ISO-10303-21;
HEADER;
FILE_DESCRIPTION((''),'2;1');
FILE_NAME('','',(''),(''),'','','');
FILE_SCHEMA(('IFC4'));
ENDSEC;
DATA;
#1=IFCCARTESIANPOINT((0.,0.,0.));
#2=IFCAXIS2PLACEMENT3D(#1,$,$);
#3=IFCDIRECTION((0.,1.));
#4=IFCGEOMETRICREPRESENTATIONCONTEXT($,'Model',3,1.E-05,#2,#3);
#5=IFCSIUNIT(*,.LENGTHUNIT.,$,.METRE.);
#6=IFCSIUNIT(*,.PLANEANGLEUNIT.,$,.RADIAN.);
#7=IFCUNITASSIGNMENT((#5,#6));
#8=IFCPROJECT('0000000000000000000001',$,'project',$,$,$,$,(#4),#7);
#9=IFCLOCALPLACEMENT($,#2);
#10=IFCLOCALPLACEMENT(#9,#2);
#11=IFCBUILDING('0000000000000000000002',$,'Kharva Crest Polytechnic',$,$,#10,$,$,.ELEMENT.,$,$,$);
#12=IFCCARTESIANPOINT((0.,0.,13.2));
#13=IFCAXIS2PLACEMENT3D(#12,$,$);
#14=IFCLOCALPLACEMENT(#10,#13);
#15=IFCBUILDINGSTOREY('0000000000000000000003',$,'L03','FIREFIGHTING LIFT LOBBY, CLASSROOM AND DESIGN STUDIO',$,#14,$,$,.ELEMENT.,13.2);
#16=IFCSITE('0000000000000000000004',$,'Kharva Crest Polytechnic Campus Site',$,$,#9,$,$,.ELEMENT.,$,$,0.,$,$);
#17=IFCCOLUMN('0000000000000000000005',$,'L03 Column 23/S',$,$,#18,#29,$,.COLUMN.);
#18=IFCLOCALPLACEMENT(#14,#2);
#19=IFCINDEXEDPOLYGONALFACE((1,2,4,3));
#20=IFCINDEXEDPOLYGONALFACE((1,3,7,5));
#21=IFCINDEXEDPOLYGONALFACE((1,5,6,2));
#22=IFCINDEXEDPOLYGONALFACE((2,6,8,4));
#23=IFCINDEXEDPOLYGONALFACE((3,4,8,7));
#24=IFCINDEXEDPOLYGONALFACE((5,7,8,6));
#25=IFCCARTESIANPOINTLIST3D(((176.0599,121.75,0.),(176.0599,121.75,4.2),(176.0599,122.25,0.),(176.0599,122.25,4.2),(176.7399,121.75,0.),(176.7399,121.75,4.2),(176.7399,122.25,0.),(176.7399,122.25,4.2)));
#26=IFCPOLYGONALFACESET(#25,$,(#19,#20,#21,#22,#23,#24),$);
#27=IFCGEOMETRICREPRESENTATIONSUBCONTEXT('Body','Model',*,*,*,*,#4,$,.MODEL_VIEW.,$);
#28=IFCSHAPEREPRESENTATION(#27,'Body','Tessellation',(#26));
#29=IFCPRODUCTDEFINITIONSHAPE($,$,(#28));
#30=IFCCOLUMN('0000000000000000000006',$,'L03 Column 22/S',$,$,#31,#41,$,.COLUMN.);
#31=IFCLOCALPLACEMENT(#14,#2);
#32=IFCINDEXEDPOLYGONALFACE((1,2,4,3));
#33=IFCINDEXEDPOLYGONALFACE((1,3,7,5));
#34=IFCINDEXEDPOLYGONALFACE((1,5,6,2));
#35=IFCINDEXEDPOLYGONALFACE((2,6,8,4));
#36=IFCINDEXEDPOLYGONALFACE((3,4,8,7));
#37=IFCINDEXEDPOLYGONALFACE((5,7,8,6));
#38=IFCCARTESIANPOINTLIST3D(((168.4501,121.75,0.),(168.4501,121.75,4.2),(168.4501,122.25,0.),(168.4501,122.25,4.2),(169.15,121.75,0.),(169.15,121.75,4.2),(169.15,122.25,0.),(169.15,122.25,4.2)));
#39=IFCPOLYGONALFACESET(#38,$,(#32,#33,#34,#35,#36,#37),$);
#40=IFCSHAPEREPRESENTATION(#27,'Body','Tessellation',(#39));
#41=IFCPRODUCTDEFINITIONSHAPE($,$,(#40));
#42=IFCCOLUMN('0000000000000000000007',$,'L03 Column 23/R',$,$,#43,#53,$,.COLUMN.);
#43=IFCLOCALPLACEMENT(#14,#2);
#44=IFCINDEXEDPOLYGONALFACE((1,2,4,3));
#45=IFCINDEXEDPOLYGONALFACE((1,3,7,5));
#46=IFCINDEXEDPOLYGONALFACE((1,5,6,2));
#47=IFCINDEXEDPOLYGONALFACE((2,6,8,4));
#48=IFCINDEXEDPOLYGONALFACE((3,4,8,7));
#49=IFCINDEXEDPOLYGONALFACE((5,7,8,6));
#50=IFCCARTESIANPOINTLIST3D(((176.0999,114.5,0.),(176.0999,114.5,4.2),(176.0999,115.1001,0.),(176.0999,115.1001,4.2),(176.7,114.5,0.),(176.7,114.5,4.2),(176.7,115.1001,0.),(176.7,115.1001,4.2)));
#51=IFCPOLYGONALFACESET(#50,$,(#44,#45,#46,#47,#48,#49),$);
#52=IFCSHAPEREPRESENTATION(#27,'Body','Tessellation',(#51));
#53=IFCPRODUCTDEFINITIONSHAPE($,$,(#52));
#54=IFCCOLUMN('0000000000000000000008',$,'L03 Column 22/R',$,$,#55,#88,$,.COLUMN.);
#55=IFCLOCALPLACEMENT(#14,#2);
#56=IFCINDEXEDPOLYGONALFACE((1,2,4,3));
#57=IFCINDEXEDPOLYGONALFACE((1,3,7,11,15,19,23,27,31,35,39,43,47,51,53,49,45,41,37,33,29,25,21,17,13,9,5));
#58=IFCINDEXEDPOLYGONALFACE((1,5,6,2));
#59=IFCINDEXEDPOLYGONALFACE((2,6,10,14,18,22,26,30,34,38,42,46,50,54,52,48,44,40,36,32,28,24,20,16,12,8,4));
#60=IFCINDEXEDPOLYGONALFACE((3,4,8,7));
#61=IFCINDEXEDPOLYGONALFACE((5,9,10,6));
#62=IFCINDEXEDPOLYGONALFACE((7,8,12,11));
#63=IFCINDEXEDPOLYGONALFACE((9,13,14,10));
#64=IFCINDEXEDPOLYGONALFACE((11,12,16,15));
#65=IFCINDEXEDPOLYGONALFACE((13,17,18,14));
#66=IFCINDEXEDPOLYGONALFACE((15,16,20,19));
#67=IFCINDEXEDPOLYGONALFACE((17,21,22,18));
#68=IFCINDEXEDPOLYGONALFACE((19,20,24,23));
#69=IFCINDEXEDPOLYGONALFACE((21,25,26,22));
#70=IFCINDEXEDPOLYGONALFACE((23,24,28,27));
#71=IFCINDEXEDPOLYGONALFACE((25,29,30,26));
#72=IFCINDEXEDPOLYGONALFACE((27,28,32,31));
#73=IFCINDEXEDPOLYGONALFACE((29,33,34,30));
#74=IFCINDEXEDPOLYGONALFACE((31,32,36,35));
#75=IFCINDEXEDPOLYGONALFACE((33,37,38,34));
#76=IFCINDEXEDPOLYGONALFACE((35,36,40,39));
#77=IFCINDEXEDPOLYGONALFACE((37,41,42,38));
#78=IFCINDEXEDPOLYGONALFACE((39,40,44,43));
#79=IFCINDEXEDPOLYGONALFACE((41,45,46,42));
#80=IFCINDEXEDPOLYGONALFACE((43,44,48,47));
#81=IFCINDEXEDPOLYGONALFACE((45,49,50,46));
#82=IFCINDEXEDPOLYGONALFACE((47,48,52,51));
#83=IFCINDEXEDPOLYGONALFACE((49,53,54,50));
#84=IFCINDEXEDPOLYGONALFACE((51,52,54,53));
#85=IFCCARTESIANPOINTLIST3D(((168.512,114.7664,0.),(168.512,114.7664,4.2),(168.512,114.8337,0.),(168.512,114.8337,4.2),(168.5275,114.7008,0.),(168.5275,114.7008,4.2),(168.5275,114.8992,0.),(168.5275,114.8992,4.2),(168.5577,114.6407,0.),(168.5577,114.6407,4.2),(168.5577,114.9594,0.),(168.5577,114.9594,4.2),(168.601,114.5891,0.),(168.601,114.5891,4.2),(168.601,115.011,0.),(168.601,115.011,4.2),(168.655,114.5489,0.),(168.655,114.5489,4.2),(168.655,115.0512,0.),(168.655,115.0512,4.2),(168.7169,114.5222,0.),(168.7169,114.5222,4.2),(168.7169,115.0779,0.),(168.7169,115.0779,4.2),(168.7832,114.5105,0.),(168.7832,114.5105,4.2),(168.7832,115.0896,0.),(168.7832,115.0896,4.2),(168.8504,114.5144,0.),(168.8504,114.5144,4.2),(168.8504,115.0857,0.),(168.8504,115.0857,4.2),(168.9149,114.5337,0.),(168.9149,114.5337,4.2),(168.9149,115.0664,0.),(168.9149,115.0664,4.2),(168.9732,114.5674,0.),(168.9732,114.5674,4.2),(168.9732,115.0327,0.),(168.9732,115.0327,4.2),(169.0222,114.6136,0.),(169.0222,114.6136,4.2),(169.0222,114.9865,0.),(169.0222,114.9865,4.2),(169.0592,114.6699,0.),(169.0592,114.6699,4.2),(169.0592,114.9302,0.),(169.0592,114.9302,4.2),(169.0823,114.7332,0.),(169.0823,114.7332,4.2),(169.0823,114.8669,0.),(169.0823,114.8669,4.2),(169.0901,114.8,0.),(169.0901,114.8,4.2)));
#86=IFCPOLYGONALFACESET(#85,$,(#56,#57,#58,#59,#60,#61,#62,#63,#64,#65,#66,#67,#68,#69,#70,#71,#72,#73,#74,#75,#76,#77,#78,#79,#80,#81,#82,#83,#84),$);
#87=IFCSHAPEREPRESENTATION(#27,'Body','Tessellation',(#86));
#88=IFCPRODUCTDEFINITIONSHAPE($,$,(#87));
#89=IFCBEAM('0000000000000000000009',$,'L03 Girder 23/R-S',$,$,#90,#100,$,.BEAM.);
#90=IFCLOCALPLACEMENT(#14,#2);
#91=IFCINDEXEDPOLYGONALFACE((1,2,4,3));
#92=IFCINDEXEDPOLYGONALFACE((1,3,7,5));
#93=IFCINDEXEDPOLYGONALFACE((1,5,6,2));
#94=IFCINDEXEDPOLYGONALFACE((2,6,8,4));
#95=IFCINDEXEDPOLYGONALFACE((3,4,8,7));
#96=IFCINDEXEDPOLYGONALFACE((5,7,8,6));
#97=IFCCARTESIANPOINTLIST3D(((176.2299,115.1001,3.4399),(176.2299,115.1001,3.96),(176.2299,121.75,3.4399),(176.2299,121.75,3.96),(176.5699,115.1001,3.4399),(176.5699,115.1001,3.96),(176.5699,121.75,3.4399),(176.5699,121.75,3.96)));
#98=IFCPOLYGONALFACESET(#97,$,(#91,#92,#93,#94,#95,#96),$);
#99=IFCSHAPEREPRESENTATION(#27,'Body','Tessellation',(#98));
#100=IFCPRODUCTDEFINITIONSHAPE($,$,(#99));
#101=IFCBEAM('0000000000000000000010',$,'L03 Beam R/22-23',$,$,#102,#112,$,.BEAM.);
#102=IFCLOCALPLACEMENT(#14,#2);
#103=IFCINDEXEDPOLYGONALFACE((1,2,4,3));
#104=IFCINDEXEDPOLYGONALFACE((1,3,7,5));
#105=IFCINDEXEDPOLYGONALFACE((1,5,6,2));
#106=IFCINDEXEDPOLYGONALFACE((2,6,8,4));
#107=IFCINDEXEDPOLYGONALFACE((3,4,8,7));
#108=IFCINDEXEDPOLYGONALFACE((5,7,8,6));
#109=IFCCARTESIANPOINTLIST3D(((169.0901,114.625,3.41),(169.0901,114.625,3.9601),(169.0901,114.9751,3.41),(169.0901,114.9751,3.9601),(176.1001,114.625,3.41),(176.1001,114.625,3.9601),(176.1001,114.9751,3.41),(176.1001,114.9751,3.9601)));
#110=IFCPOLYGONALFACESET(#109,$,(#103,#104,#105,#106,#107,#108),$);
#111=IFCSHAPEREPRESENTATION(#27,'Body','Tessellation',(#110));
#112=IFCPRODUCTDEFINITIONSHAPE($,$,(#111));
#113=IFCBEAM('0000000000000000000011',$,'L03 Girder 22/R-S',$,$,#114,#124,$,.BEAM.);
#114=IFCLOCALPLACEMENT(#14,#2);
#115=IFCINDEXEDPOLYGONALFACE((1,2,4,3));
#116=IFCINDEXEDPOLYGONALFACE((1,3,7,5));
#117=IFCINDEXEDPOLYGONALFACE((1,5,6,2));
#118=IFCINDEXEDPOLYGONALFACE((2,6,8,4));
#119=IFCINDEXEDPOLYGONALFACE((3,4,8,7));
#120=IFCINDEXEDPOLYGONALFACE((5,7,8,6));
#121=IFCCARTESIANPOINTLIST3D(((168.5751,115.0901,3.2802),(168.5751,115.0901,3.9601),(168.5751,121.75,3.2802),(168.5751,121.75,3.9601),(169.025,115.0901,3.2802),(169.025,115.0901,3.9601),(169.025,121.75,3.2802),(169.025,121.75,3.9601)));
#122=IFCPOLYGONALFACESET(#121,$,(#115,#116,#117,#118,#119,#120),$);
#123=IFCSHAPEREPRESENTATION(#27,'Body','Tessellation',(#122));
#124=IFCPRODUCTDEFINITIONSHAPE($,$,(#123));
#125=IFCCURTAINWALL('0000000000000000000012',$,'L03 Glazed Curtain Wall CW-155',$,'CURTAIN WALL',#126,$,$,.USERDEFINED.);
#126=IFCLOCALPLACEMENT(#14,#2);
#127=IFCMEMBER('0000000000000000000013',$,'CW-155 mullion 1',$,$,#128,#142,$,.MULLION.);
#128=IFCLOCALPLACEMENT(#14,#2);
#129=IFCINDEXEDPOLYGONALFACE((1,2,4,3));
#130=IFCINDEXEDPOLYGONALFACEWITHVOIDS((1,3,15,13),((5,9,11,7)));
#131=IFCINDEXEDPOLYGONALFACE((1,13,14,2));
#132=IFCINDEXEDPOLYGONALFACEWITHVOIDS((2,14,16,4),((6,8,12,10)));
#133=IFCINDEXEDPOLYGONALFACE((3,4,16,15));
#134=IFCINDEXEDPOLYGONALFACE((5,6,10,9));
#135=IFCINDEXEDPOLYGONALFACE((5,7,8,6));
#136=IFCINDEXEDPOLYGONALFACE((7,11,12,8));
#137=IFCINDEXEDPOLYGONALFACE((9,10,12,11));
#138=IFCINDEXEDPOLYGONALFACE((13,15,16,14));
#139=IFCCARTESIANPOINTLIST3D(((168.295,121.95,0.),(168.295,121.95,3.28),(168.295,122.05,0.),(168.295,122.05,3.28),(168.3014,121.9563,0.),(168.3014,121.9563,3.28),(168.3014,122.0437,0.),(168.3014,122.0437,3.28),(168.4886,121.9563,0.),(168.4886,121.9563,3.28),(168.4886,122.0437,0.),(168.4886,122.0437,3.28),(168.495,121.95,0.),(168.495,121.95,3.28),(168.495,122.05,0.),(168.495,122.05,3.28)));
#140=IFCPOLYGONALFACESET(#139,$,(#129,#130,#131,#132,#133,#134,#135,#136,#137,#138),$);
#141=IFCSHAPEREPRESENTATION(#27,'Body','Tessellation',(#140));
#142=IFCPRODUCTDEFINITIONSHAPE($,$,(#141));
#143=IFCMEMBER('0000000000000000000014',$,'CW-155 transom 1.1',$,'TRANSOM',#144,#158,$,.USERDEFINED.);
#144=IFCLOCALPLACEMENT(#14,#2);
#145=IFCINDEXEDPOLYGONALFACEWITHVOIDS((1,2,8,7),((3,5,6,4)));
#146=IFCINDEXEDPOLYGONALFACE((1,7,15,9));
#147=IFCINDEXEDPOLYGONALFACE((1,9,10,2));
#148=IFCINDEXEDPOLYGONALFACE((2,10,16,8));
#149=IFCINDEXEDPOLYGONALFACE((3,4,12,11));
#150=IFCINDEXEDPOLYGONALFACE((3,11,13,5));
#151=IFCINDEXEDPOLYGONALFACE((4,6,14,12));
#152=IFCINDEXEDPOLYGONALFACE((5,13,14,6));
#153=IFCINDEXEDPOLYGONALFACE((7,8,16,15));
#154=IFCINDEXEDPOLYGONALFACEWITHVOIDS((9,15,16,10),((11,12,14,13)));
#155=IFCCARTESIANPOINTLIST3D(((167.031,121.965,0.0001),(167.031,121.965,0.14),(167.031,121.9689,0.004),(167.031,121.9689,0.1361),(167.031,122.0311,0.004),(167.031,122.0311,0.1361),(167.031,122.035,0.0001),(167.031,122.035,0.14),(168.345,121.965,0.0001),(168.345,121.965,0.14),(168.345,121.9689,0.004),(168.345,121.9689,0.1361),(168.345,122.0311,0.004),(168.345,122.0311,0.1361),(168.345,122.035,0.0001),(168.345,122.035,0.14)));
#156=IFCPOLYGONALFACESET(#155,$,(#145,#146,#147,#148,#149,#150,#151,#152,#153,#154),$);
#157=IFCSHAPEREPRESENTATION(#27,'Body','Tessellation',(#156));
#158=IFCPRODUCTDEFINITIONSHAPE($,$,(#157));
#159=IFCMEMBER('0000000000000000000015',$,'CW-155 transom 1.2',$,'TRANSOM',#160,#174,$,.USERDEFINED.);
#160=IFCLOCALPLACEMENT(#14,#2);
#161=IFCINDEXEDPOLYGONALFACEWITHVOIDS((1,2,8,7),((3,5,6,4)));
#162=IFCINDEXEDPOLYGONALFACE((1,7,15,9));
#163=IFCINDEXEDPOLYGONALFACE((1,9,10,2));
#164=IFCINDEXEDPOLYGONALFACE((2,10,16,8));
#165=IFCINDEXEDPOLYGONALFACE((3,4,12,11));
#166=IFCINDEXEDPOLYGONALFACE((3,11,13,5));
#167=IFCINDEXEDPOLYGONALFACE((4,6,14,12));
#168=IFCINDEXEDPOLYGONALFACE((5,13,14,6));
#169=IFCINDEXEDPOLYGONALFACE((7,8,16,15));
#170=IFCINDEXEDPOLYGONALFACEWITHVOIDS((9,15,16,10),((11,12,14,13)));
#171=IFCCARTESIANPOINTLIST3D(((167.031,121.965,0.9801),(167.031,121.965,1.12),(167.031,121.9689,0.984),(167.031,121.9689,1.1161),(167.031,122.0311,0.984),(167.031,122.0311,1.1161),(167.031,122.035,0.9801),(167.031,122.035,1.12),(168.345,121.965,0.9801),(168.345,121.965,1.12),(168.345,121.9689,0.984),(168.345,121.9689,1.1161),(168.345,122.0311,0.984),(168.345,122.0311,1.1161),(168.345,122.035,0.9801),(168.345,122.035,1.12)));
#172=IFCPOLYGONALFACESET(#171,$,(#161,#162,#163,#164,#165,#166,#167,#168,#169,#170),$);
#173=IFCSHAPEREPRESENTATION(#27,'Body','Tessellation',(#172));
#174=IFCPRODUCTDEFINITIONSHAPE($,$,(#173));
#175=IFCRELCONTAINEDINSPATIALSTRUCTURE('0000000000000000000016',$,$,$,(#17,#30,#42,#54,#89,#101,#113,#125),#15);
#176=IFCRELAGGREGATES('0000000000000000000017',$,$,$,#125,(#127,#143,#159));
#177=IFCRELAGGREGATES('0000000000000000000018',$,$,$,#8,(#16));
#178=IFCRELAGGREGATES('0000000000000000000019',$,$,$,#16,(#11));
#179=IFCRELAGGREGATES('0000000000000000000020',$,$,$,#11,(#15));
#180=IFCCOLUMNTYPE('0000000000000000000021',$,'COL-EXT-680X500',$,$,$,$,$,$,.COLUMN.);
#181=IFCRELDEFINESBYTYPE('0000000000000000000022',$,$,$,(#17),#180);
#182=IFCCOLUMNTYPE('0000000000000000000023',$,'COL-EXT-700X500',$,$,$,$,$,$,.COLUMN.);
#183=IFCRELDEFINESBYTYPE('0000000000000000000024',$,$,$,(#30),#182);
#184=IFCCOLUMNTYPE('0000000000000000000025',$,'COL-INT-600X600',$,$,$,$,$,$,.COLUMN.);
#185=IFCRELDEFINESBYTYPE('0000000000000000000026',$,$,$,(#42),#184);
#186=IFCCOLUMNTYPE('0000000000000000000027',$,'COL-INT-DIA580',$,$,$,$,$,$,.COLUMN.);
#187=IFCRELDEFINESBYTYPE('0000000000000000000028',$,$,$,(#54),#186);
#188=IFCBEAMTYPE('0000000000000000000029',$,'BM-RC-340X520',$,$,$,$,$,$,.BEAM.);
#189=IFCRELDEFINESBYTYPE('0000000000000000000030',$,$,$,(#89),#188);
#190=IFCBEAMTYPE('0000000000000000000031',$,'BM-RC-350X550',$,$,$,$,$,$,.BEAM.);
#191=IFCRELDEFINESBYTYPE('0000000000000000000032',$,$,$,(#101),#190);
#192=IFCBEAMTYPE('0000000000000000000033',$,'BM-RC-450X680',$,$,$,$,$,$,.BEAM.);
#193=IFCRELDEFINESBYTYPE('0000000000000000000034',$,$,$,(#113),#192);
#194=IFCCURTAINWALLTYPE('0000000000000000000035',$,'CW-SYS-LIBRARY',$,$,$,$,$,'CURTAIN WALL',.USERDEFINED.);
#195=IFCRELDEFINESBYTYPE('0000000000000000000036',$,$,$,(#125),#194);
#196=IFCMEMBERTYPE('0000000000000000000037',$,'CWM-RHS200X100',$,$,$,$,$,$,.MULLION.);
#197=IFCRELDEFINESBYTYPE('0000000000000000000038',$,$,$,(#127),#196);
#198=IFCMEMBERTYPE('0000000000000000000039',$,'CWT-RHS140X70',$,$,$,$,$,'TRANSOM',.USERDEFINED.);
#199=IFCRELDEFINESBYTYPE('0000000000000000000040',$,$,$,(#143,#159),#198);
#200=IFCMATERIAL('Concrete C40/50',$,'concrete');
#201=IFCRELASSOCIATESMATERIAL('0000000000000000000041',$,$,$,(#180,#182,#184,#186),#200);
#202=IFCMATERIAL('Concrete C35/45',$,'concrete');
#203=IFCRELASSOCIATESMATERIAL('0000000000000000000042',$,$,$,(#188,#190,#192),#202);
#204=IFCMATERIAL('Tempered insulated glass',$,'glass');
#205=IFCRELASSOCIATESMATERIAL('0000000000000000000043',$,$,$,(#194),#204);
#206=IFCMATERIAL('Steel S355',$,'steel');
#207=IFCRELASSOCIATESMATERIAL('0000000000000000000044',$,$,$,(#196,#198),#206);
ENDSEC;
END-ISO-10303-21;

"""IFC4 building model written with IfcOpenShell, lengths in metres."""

from ifc_helpers import new_model, si_unit, direction, frame, origin, origin_2d, place, context, subcontext, project, spatial, rectangle, hollow_rectangle, circle, extrude, material, material_profile, profile_set, type_object, element, aggregate, save


model = new_model("IFC4")

# Units and contexts
model_context = context("Model", 3, precision=1e-05, world=origin(), true_north=direction((0.0, 1.0)))
body_context = subcontext(model_context, "Body", "Model", "MODEL_VIEW")
ifc_project = project(units=[si_unit("LENGTHUNIT", "METRE"), si_unit("PLANEANGLEUNIT", "RADIAN")], contexts=[model_context])

# Site, building, storey
site_placement = place(None, origin())
site = spatial("IfcSite", under=ifc_project, at=site_placement, Name="Kharva Crest Polytechnic Campus Site", CompositionType="ELEMENT", RefElevation=0.0)
building_placement = place(site_placement, origin())
building = spatial("IfcBuilding", under=site, at=building_placement, Name="Kharva Crest Polytechnic", CompositionType="ELEMENT")
storey_placement = place(building_placement, frame((0.0, 0.0, 13.2)))
storey = spatial("IfcBuildingStorey", under=building, at=storey_placement, Name="L03", Description="FIREFIGHTING LIFT LOBBY, CLASSROOM AND DESIGN STUDIO", CompositionType="ELEMENT", Elevation=13.2)

# Columns
ifc_material_1 = material(Name="Concrete C40/50", Category="concrete")
ifc_material_profile_1 = material_profile(ifc_material_1, rectangle(XDim=0.6799, YDim=0.5, at=origin_2d()), Name="RECT 680 X 500")
ifc_profile_set_1 = profile_set([ifc_material_profile_1], Name="Concrete C40/50")
column_type_1 = type_object("IfcColumnType", Name="COL-EXT-680X500", PredefinedType="COLUMN", material=ifc_profile_set_1)
column_1_placement = place(storey_placement, frame((176.3999, 122.0, 0.0), z_axis=(0.0, 0.0, 1.0), x_axis=(1.0, 0.0, 0.0)))
element("IfcColumn", 1, at=column_1_placement, inside=storey, type_object=column_type_1, Name="L03 Column 23/S", PredefinedType="COLUMN", context=body_context, shape_type="SweptSolid", body=[
    extrude(rectangle(XDim=0.6799, YDim=0.5, at=origin_2d()), origin(), (0.0, 0.0, 1.0), 4.2),
])
ifc_material_profile_2 = material_profile(ifc_material_1, rectangle(XDim=0.7, YDim=0.5, at=origin_2d()), Name="RECT 700 X 500")
ifc_profile_set_2 = profile_set([ifc_material_profile_2], Name="Concrete C40/50")
column_type_2 = type_object("IfcColumnType", Name="COL-EXT-700X500", PredefinedType="COLUMN", material=ifc_profile_set_2)
column_2_placement = place(storey_placement, frame((168.8, 122.0, 0.0), z_axis=(0.0, 0.0, 1.0), x_axis=(1.0, 0.0, 0.0)))
element("IfcColumn", 2, at=column_2_placement, inside=storey, type_object=column_type_2, Name="L03 Column 22/S", PredefinedType="COLUMN", context=body_context, shape_type="SweptSolid", body=[
    extrude(rectangle(XDim=0.7, YDim=0.5, at=origin_2d()), origin(), (0.0, 0.0, 1.0), 4.2),
])
ifc_material_profile_3 = material_profile(ifc_material_1, rectangle(XDim=0.6001, YDim=0.6001, at=origin_2d()), Name="RECT 600 X 600")
ifc_profile_set_3 = profile_set([ifc_material_profile_3], Name="Concrete C40/50")
column_type_3 = type_object("IfcColumnType", Name="COL-INT-600X600", PredefinedType="COLUMN", material=ifc_profile_set_3)
column_3_placement = place(storey_placement, frame((176.3999, 114.8, 0.0), z_axis=(0.0, 0.0, 1.0), x_axis=(1.0, 0.0, 0.0)))
element("IfcColumn", 3, at=column_3_placement, inside=storey, type_object=column_type_3, Name="L03 Column 23/R", PredefinedType="COLUMN", context=body_context, shape_type="SweptSolid", body=[
    extrude(rectangle(XDim=0.6001, YDim=0.6001, at=origin_2d()), origin(), (0.0, 0.0, 1.0), 4.2),
])
ifc_material_profile_4 = material_profile(ifc_material_1, circle(Radius=0.29, at=origin_2d()), Name="DIA 580")
ifc_profile_set_4 = profile_set([ifc_material_profile_4], Name="Concrete C40/50")
column_type_4 = type_object("IfcColumnType", Name="COL-INT-DIA580", PredefinedType="COLUMN", material=ifc_profile_set_4)
column_4_placement = place(storey_placement, frame((168.8, 114.8, 0.0), z_axis=(0.0, 0.0, 1.0), x_axis=(1.0, 0.0, 0.0)))
element("IfcColumn", 4, at=column_4_placement, inside=storey, type_object=column_type_4, Name="L03 Column 22/R", PredefinedType="COLUMN", context=body_context, shape_type="SweptSolid", body=[
    extrude(circle(Radius=0.29, at=origin_2d()), origin(), (0.0, 0.0, 1.0), 4.2),
])

# Beams
ifc_material_2 = material(Name="Concrete C35/45", Category="concrete")
ifc_material_profile_5 = material_profile(ifc_material_2, rectangle(XDim=0.3401, YDim=0.52, at=origin_2d()), Name="RECT 340 X 520")
ifc_profile_set_5 = profile_set([ifc_material_profile_5], Name="Concrete C35/45")
beam_type_1 = type_object("IfcBeamType", Name="BM-RC-340X520", PredefinedType="BEAM", material=ifc_profile_set_5)
beam_1_placement = place(storey_placement, frame((176.3999, 115.1001, 3.7), z_axis=(0.0, 1.0, 0.0), x_axis=(-1.0, 0.0, 0.0)))
element("IfcBeam", 5, at=beam_1_placement, inside=storey, type_object=beam_type_1, Name="L03 Girder 23/R-S", PredefinedType="BEAM", context=body_context, shape_type="SweptSolid", body=[
    extrude(rectangle(XDim=0.3401, YDim=0.52, at=origin_2d()), origin(), (0.0, 0.0, 1.0), 6.6499),
])
ifc_material_profile_6 = material_profile(ifc_material_2, rectangle(XDim=0.3501, YDim=0.55, at=origin_2d()), Name="RECT 350 X 550")
ifc_profile_set_6 = profile_set([ifc_material_profile_6], Name="Concrete C35/45")
beam_type_2 = type_object("IfcBeamType", Name="BM-RC-350X550", PredefinedType="BEAM", material=ifc_profile_set_6)
beam_2_placement = place(storey_placement, frame((169.0901, 114.8, 3.6851), z_axis=(1.0, 0.0, 0.0), x_axis=(0.0, 1.0, 0.0)))
element("IfcBeam", 6, at=beam_2_placement, inside=storey, type_object=beam_type_2, Name="L03 Beam R/22-23", PredefinedType="BEAM", context=body_context, shape_type="SweptSolid", body=[
    extrude(rectangle(XDim=0.3501, YDim=0.55, at=origin_2d()), origin(), (0.0, 0.0, 1.0), 7.01),
])
ifc_material_profile_7 = material_profile(ifc_material_2, rectangle(XDim=0.45, YDim=0.6799, at=origin_2d()), Name="RECT 450 X 680")
ifc_profile_set_7 = profile_set([ifc_material_profile_7], Name="Concrete C35/45")
beam_type_3 = type_object("IfcBeamType", Name="BM-RC-450X680", PredefinedType="BEAM", material=ifc_profile_set_7)
beam_3_placement = place(storey_placement, frame((168.8, 115.0901, 3.6201), z_axis=(0.0, 1.0, 0.0), x_axis=(-1.0, 0.0, 0.0)))
element("IfcBeam", 7, at=beam_3_placement, inside=storey, type_object=beam_type_3, Name="L03 Girder 22/R-S", PredefinedType="BEAM", context=body_context, shape_type="SweptSolid", body=[
    extrude(rectangle(XDim=0.45, YDim=0.6799, at=origin_2d()), origin(), (0.0, 0.0, 1.0), 6.6599),
])

# Curtain wall, members
ifc_material_3 = material(Name="Tempered insulated glass", Category="glass")
curtain_wall_type = type_object("IfcCurtainWallType", Name="CW-SYS-LIBRARY", ElementType="CURTAIN WALL", PredefinedType="USERDEFINED", material=ifc_material_3)
curtain_wall_placement = place(storey_placement, origin())
curtain_wall = element("IfcCurtainWall", 8, at=curtain_wall_placement, inside=storey, type_object=curtain_wall_type, Name="L03 Glazed Curtain Wall CW-155", ObjectType="CURTAIN WALL", PredefinedType="USERDEFINED")
ifc_material_4 = material(Name="Steel S355", Category="steel")
ifc_material_profile_8 = material_profile(ifc_material_4, hollow_rectangle(XDim=0.1001, YDim=0.2, WallThickness=0.0063, at=origin_2d()), Name="RHS 200X100X6.3")
ifc_profile_set_8 = profile_set([ifc_material_profile_8], Name="Steel S355")
member_type_1 = type_object("IfcMemberType", Name="CWM-RHS200X100", PredefinedType="MULLION", material=ifc_profile_set_8)
member_1_placement = place(storey_placement, frame((168.395, 122.0, 0.0), z_axis=(0.0, 0.0, 1.0), x_axis=(0.0, -1.0, 0.0)))
member_1 = element("IfcMember", 9, at=member_1_placement, type_object=member_type_1, Name="CW-155 mullion 1", PredefinedType="MULLION", context=body_context, shape_type="SweptSolid", body=[
    extrude(hollow_rectangle(XDim=0.1001, YDim=0.2, WallThickness=0.0063, at=origin_2d()), origin(), (0.0, 0.0, 1.0), 3.28),
])
ifc_material_profile_9 = material_profile(ifc_material_4, hollow_rectangle(XDim=0.0701, YDim=0.1399, WallThickness=0.0039, at=origin_2d()), Name="RHS 140X70X4.0")
ifc_profile_set_9 = profile_set([ifc_material_profile_9], Name="Steel S355")
member_type_2 = type_object("IfcMemberType", Name="CWT-RHS140X70", ElementType="TRANSOM", PredefinedType="USERDEFINED", material=ifc_profile_set_9)
member_2_placement = place(storey_placement, frame((168.345, 122.0, 0.0701), z_axis=(-1.0, 0.0, 0.0), x_axis=(0.0, -1.0, 0.0)))
member_2 = element("IfcMember", 10, at=member_2_placement, type_object=member_type_2, Name="CW-155 transom 1.1", ObjectType="TRANSOM", PredefinedType="USERDEFINED", context=body_context, shape_type="SweptSolid", body=[
    extrude(hollow_rectangle(XDim=0.0701, YDim=0.1399, WallThickness=0.0039, at=origin_2d()), origin(), (0.0, 0.0, 1.0), 1.314),
])
member_3_placement = place(storey_placement, frame((168.345, 122.0, 1.05), z_axis=(-1.0, 0.0, 0.0), x_axis=(0.0, -1.0, 0.0)))
member_3 = element("IfcMember", 11, at=member_3_placement, type_object=member_type_2, Name="CW-155 transom 1.2", ObjectType="TRANSOM", PredefinedType="USERDEFINED", context=body_context, shape_type="SweptSolid", body=[
    extrude(hollow_rectangle(XDim=0.0701, YDim=0.1399, WallThickness=0.0039, at=origin_2d()), origin(), (0.0, 0.0, 1.0), 1.314),
])

aggregate(curtain_wall, [member_1, member_2, member_3])

save(model, "model.ifc")
